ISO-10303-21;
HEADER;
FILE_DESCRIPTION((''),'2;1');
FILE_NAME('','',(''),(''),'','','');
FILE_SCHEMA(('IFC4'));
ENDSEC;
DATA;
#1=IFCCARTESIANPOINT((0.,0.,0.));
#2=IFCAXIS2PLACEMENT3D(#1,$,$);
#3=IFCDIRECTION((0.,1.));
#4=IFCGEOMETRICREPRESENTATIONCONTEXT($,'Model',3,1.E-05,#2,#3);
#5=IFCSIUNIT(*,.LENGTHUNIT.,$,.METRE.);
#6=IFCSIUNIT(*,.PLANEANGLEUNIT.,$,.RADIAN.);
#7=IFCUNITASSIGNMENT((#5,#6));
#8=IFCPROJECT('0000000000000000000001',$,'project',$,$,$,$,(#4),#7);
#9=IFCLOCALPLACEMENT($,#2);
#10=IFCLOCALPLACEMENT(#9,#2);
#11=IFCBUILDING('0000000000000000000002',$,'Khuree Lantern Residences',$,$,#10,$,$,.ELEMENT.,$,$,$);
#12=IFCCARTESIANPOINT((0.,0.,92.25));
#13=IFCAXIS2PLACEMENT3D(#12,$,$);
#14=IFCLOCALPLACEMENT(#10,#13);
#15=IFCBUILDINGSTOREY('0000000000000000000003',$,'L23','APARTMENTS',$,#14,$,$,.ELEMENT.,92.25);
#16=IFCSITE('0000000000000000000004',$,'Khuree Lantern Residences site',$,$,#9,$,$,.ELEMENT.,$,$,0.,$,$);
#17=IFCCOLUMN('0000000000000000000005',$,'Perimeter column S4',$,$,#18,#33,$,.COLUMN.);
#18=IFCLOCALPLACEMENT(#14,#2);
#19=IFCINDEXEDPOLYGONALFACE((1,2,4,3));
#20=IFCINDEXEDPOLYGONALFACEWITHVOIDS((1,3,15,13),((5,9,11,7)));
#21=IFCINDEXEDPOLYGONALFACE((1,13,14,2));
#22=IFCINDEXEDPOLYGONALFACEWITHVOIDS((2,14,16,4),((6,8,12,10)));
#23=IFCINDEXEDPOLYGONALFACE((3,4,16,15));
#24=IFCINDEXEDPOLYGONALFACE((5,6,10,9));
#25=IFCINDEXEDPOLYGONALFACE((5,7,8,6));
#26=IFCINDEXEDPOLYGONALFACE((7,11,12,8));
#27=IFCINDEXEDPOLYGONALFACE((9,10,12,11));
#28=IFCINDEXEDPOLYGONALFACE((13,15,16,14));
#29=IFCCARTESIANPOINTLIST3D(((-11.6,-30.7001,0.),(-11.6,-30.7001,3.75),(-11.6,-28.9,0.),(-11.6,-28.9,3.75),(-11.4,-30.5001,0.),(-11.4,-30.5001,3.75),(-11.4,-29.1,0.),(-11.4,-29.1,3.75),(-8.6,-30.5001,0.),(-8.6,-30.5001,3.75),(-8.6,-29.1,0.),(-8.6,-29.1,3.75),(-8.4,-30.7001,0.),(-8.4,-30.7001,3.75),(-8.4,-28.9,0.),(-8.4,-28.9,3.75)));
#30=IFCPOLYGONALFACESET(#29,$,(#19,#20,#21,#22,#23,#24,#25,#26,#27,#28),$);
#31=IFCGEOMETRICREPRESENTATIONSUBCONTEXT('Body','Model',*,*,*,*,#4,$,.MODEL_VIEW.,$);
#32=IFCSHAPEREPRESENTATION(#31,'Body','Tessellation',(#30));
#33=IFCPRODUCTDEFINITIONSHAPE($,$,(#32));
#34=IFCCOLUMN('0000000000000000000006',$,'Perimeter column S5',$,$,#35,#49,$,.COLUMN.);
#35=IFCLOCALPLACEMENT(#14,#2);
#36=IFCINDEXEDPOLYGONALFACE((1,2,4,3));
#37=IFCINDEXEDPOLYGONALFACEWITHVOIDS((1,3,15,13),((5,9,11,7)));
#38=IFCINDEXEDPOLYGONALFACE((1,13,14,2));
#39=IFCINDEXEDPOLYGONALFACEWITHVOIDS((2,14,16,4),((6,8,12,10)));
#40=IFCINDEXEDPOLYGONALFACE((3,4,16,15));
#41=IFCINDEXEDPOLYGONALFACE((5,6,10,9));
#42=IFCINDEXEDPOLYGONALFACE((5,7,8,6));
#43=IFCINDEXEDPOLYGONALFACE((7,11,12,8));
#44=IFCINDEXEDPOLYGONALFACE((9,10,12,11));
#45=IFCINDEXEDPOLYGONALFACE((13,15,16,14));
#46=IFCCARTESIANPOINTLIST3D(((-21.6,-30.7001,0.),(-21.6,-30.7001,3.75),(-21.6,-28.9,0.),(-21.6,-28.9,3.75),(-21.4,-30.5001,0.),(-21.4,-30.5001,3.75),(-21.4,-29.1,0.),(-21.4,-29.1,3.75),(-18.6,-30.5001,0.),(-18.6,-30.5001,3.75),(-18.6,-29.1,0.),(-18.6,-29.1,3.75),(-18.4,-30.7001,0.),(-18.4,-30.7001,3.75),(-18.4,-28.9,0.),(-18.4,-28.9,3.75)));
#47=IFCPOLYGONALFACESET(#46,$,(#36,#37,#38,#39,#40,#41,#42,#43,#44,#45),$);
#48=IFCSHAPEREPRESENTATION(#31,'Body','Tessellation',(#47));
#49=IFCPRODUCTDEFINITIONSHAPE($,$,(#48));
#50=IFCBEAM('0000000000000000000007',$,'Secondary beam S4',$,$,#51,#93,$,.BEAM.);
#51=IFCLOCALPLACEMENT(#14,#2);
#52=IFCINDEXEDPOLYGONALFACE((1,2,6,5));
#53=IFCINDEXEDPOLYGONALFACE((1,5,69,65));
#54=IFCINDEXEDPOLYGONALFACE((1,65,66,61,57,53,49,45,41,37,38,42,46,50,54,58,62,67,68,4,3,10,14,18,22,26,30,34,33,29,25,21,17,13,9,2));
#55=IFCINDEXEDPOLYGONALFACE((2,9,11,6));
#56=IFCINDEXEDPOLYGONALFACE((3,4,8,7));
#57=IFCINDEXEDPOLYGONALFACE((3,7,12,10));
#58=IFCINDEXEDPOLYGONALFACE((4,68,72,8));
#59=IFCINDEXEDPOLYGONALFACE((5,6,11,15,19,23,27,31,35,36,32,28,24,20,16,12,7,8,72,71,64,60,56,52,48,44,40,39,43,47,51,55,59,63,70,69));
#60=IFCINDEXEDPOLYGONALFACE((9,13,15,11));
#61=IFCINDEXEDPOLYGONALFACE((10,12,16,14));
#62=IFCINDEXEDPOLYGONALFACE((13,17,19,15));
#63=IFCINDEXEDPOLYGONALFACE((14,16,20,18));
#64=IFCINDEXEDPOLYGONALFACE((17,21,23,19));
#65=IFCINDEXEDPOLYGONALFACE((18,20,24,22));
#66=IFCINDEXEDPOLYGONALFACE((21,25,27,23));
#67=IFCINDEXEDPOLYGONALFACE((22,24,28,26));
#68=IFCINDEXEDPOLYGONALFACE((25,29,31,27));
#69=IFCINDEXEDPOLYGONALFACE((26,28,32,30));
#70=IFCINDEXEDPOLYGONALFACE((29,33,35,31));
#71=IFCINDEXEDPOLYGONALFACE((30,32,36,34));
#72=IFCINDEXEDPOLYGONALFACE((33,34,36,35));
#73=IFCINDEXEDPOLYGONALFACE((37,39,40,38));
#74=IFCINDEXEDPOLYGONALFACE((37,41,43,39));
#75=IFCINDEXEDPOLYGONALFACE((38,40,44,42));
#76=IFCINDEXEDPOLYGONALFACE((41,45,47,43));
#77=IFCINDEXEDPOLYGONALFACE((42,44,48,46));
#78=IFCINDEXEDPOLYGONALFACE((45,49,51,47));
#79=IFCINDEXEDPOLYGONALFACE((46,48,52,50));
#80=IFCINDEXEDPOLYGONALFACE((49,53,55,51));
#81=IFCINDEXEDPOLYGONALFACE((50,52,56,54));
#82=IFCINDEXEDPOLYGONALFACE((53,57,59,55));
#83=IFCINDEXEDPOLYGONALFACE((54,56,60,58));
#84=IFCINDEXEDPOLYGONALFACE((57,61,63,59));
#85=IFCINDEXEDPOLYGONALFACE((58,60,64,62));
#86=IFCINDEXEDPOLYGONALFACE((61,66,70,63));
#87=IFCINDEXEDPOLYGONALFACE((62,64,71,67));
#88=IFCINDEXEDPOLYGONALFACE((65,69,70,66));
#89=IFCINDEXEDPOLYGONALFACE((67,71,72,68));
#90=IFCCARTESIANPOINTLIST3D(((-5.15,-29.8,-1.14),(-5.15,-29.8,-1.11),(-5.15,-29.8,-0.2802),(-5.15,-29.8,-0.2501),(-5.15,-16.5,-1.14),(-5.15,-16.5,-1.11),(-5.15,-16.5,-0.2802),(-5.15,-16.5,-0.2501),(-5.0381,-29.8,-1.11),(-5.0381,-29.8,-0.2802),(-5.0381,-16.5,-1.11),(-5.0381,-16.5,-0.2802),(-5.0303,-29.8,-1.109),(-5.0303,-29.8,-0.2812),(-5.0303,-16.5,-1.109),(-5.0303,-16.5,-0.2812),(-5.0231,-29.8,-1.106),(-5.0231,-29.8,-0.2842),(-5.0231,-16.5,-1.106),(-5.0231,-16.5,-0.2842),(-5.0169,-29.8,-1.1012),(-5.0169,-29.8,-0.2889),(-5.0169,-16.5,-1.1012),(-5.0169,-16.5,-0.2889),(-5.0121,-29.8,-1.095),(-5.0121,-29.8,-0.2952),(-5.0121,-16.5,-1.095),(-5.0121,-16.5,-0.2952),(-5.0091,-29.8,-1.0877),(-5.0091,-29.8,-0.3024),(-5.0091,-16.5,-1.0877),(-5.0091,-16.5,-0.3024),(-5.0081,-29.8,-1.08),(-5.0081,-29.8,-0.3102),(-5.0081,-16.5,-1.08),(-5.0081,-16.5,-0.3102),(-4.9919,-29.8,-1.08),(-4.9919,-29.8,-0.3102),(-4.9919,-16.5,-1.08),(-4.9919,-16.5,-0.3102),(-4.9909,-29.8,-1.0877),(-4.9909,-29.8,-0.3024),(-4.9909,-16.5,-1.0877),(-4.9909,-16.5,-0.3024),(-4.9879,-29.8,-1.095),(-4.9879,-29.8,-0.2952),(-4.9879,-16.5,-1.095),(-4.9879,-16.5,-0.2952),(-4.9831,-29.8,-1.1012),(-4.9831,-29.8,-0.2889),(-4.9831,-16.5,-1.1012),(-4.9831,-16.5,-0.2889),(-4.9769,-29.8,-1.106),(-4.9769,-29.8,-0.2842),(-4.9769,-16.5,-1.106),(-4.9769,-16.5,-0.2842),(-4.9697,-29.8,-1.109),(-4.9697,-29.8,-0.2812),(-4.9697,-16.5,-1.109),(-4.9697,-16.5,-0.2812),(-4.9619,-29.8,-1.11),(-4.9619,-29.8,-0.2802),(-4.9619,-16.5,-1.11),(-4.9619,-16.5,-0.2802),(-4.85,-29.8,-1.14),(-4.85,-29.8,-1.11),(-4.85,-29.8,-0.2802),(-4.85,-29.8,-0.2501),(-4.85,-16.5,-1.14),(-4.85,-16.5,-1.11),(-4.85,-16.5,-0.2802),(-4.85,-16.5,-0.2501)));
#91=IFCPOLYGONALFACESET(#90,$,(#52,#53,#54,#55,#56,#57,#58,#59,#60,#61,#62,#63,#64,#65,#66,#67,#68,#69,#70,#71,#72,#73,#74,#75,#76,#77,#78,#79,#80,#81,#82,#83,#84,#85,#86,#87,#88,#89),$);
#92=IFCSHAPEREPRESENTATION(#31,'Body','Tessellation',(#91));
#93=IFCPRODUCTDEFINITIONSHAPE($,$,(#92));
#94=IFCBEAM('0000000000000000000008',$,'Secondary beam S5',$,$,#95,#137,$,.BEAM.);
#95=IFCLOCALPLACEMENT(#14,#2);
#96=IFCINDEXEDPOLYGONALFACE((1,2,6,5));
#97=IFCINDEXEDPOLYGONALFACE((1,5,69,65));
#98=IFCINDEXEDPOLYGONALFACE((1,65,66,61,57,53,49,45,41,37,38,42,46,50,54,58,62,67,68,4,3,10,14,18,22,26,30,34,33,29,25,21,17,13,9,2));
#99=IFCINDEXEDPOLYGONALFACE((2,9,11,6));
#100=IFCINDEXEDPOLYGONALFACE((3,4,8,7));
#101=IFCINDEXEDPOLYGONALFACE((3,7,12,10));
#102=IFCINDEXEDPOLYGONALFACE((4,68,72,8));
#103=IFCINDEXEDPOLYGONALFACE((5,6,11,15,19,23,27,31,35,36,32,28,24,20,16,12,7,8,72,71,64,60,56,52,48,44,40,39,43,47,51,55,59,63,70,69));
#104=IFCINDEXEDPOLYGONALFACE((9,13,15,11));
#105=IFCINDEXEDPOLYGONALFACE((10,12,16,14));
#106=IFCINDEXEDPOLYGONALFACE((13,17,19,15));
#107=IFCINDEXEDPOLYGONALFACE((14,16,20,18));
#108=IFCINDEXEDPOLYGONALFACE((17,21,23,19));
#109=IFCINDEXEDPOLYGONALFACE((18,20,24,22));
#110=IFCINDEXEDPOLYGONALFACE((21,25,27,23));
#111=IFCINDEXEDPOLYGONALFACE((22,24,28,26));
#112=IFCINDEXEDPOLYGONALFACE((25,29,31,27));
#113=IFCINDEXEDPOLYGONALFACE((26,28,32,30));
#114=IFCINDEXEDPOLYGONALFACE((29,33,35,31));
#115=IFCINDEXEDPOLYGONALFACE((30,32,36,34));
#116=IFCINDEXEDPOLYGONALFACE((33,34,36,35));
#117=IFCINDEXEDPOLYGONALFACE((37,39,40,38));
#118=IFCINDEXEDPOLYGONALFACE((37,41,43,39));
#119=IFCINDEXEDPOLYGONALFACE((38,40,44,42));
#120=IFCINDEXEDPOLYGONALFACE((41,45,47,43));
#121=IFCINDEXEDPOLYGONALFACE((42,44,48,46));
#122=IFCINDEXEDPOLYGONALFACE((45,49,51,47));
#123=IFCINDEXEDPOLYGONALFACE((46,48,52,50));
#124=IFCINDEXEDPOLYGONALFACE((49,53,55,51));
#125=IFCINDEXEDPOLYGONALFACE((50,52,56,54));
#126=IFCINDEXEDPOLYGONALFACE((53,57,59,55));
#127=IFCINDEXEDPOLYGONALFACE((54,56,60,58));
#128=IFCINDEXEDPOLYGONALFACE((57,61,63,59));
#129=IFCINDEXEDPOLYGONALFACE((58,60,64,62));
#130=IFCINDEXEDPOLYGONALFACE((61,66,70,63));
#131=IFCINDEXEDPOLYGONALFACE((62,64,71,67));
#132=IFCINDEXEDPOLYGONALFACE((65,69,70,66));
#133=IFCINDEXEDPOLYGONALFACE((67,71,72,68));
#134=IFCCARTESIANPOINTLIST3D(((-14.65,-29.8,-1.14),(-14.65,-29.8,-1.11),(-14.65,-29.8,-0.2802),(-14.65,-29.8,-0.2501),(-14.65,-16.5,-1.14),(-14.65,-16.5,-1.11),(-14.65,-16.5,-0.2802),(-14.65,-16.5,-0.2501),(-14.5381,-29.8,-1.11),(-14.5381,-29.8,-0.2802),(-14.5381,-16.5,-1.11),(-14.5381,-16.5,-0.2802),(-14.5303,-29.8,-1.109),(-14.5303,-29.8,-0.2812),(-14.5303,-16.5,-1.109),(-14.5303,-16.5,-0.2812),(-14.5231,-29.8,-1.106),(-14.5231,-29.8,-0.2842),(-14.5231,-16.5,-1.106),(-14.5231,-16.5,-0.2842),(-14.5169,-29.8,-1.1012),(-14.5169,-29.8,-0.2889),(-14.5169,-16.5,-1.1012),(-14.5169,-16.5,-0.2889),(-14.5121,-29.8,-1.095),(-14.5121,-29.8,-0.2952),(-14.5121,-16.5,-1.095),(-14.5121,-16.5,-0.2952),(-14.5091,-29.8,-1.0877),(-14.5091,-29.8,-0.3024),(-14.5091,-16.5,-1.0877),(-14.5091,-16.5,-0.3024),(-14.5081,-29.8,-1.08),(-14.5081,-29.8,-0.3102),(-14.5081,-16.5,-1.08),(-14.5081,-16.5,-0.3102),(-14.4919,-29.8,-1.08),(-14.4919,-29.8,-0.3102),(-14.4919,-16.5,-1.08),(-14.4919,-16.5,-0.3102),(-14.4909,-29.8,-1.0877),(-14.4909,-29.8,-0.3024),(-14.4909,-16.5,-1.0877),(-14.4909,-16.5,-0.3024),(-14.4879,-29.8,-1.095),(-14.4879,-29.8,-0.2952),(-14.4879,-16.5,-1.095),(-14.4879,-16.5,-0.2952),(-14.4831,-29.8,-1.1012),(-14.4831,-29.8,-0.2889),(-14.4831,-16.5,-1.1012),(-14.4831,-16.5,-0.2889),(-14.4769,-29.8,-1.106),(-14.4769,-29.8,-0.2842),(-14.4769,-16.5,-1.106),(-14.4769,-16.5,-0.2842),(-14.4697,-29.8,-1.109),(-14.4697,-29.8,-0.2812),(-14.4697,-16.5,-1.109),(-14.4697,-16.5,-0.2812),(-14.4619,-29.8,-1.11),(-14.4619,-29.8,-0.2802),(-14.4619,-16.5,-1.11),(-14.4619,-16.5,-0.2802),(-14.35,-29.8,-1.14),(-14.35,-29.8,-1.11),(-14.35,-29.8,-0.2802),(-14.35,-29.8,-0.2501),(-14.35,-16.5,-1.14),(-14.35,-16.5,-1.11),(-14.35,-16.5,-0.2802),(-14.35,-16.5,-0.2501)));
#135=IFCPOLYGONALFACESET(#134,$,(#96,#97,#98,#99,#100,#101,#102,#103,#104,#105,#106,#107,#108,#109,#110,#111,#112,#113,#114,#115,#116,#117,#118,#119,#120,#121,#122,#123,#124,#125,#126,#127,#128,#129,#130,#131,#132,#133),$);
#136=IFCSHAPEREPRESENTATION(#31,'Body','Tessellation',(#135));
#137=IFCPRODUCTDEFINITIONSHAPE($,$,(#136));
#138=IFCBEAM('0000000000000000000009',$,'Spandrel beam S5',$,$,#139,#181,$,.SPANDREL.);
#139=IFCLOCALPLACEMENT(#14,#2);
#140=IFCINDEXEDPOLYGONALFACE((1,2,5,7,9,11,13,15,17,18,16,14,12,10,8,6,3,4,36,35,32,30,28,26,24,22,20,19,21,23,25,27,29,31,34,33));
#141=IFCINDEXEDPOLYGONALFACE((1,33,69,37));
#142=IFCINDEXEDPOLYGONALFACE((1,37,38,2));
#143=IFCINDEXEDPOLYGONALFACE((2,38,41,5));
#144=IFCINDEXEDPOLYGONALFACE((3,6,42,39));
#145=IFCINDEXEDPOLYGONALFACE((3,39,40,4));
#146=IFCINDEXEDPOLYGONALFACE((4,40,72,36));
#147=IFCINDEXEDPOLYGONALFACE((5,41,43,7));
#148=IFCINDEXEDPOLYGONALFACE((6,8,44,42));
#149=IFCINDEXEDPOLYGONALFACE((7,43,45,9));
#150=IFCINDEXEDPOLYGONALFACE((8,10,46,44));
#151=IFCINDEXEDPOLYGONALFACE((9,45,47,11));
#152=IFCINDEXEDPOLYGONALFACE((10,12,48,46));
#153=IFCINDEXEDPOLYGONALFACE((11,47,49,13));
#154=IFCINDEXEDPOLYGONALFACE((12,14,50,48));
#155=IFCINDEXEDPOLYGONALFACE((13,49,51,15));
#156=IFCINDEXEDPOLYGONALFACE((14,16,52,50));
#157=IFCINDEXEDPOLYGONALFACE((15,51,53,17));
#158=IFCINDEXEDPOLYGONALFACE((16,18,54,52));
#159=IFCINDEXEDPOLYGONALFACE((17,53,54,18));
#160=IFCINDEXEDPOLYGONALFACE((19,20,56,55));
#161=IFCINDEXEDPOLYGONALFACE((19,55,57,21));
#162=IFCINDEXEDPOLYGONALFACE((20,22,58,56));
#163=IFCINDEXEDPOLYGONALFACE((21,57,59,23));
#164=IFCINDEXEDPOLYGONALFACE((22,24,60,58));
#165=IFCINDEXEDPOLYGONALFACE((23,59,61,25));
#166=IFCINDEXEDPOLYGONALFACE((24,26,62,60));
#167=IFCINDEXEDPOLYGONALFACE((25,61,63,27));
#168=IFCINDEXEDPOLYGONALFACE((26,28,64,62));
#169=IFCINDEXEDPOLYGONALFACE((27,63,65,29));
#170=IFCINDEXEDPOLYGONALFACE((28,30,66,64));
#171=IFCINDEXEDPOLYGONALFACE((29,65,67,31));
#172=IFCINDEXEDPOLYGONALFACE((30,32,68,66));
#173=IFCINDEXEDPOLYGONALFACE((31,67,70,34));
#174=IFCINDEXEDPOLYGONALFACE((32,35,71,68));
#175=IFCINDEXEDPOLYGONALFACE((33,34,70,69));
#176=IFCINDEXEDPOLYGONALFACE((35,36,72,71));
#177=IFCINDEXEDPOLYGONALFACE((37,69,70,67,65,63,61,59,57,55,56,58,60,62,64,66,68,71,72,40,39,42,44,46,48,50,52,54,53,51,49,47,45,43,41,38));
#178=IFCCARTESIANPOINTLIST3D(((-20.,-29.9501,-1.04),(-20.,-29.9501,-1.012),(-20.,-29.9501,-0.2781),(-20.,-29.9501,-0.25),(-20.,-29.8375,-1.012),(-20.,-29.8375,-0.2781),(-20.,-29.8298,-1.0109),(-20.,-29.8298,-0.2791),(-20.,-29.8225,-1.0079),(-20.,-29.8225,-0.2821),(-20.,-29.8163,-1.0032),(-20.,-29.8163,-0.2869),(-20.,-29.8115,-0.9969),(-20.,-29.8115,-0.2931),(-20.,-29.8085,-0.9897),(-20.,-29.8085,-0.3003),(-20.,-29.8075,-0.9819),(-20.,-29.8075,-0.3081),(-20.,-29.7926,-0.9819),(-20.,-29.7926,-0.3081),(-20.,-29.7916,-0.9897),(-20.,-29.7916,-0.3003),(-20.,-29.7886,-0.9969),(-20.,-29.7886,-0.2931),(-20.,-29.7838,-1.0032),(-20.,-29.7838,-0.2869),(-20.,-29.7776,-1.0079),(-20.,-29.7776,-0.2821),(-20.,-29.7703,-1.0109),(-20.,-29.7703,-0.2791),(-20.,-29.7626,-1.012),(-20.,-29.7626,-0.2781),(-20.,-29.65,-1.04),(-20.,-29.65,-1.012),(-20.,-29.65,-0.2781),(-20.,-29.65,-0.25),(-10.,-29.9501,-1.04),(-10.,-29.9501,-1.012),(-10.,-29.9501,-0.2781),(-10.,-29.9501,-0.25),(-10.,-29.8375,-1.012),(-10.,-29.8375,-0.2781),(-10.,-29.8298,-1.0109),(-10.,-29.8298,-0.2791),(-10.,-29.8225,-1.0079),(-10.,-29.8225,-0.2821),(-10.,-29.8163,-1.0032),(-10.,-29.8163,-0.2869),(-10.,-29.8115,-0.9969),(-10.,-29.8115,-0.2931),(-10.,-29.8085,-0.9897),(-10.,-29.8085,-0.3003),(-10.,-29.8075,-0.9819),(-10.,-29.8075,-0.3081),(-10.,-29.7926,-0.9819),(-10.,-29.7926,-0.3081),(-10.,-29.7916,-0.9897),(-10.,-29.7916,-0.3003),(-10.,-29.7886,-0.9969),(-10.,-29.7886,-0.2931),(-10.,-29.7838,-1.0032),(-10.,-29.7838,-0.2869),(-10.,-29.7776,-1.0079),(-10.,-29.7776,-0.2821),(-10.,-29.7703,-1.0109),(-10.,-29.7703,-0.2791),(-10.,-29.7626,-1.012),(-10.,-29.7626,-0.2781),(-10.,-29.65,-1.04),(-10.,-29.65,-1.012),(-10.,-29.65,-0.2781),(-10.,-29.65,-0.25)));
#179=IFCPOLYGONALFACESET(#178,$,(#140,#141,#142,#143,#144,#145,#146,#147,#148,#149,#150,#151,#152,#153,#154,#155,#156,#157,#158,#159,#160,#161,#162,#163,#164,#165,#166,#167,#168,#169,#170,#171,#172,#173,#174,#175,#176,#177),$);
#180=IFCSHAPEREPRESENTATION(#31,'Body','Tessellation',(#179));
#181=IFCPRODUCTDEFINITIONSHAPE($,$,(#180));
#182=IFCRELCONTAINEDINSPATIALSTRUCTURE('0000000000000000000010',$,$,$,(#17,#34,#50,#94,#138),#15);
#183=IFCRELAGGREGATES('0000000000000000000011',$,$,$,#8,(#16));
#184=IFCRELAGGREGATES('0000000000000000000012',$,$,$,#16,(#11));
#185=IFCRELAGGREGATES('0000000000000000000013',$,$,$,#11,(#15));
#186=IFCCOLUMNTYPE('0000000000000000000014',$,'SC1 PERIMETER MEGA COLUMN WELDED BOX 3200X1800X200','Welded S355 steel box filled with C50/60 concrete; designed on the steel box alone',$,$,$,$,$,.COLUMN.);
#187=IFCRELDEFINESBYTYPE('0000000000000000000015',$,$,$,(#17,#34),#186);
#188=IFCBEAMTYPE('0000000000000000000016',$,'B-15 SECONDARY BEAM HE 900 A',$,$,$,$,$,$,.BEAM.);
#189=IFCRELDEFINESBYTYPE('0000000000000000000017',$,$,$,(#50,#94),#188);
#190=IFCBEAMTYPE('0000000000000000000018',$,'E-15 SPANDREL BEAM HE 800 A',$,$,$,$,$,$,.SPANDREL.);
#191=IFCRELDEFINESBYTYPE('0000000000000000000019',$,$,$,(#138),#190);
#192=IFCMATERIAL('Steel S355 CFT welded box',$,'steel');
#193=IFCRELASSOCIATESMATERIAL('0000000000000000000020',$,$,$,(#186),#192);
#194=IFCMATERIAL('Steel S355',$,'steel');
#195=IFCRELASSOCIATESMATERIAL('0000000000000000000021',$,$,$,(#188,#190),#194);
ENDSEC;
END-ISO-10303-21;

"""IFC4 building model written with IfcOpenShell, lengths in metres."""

from ifc_helpers import new_model, si_unit, direction, frame, origin, origin_2d, place, context, subcontext, project, spatial, hollow_rectangle, i_section, extrude, material, material_profile, profile_set, type_object, element, save


model = new_model("IFC4")

# Units and contexts
model_context = context("Model", 3, precision=1e-05, world=origin(), true_north=direction((0.0, 1.0)))
body_context = subcontext(model_context, "Body", "Model", "MODEL_VIEW")
ifc_project = project(units=[si_unit("LENGTHUNIT", "METRE"), si_unit("PLANEANGLEUNIT", "RADIAN")], contexts=[model_context])

# Site, building, storey
site_placement = place(None, origin())
site = spatial("IfcSite", under=ifc_project, at=site_placement, Name="Khuree Lantern Residences site", CompositionType="ELEMENT", RefElevation=0.0)
building_placement = place(site_placement, origin())
building = spatial("IfcBuilding", under=site, at=building_placement, Name="Khuree Lantern Residences", CompositionType="ELEMENT")
storey_placement = place(building_placement, frame((0.0, 0.0, 92.25)))
storey = spatial("IfcBuildingStorey", under=building, at=storey_placement, Name="L23", Description="APARTMENTS", CompositionType="ELEMENT", Elevation=92.25)

# Columns
ifc_material_1 = material(Name="Steel S355 CFT welded box", Category="steel")
ifc_material_profile_1 = material_profile(ifc_material_1, hollow_rectangle(XDim=3.2, YDim=1.8, WallThickness=0.2, at=origin_2d()), Name="WELDED BOX 3200X1800X200")
ifc_profile_set_1 = profile_set([ifc_material_profile_1], Name="Steel S355 CFT welded box")
column_type = type_object("IfcColumnType", Name="SC1 PERIMETER MEGA COLUMN WELDED BOX 3200X1800X200", Description="Welded S355 steel box filled with C50/60 concrete; designed on the steel box alone", PredefinedType="COLUMN", material=ifc_profile_set_1)
for number, where, z_axis, x_axis, name in (
    (1, (-10.0, -29.8, 0.0), (0.0, 0.0, 1.0), (1.0, 0.0, 0.0), "Perimeter column S4"),
    (2, (-20.0, -29.8, 0.0), (0.0, 0.0, 1.0), (1.0, 0.0, 0.0), "Perimeter column S5"),
):
    element("IfcColumn", number, at=place(storey_placement, frame(where, z_axis=z_axis, x_axis=x_axis)), inside=storey, type_object=column_type, Name=name, PredefinedType="COLUMN", context=body_context, shape_type="SweptSolid", body=[
        extrude(hollow_rectangle(XDim=3.2, YDim=1.8, WallThickness=0.2, at=origin_2d()), origin(), (0.0, 0.0, 1.0), 3.75),
    ])

# Beams
ifc_material_2 = material(Name="Steel S355", Category="steel")
ifc_material_profile_2 = material_profile(ifc_material_2, i_section(OverallWidth=0.3, OverallDepth=0.8899, WebThickness=0.0161, FlangeThickness=0.03, FilletRadius=0.03, at=origin_2d()), Name="HE 900 A")
ifc_profile_set_2 = profile_set([ifc_material_profile_2], Name="Steel S355")
beam_type_1 = type_object("IfcBeamType", Name="B-15 SECONDARY BEAM HE 900 A", PredefinedType="BEAM", material=ifc_profile_set_2)
for number, where, z_axis, x_axis, name in (
    (3, (-5.0, -29.8, -0.6951), (0.0, 1.0, 0.0), (-1.0, 0.0, 0.0), "Secondary beam S4"),
    (4, (-14.5, -29.8, -0.6951), (0.0, 1.0, 0.0), (-1.0, 0.0, 0.0), "Secondary beam S5"),
):
    element("IfcBeam", number, at=place(storey_placement, frame(where, z_axis=z_axis, x_axis=x_axis)), inside=storey, type_object=beam_type_1, Name=name, PredefinedType="BEAM", context=body_context, shape_type="SweptSolid", body=[
        extrude(i_section(OverallWidth=0.3, OverallDepth=0.8899, WebThickness=0.0161, FlangeThickness=0.03, FilletRadius=0.03, at=origin_2d()), origin(), (0.0, 0.0, 1.0), 13.3),
    ])
ifc_material_profile_3 = material_profile(ifc_material_2, i_section(OverallWidth=0.3, OverallDepth=0.79, WebThickness=0.0149, FlangeThickness=0.0281, FilletRadius=0.03, at=origin_2d()), Name="HE 800 A")
ifc_profile_set_3 = profile_set([ifc_material_profile_3], Name="Steel S355")
beam_type_2 = type_object("IfcBeamType", Name="E-15 SPANDREL BEAM HE 800 A", PredefinedType="SPANDREL", material=ifc_profile_set_3)
beam_1_placement = place(storey_placement, frame((-10.0, -29.8, -0.645), z_axis=(-1.0, 0.0, 0.0), x_axis=(0.0, -1.0, 0.0)))
element("IfcBeam", 5, at=beam_1_placement, inside=storey, type_object=beam_type_2, Name="Spandrel beam S5", PredefinedType="SPANDREL", context=body_context, shape_type="SweptSolid", body=[
    extrude(i_section(OverallWidth=0.3, OverallDepth=0.79, WebThickness=0.0149, FlangeThickness=0.0281, FilletRadius=0.03, at=origin_2d()), origin(), (0.0, 0.0, 1.0), 10.0),
])

save(model, "model.ifc")
